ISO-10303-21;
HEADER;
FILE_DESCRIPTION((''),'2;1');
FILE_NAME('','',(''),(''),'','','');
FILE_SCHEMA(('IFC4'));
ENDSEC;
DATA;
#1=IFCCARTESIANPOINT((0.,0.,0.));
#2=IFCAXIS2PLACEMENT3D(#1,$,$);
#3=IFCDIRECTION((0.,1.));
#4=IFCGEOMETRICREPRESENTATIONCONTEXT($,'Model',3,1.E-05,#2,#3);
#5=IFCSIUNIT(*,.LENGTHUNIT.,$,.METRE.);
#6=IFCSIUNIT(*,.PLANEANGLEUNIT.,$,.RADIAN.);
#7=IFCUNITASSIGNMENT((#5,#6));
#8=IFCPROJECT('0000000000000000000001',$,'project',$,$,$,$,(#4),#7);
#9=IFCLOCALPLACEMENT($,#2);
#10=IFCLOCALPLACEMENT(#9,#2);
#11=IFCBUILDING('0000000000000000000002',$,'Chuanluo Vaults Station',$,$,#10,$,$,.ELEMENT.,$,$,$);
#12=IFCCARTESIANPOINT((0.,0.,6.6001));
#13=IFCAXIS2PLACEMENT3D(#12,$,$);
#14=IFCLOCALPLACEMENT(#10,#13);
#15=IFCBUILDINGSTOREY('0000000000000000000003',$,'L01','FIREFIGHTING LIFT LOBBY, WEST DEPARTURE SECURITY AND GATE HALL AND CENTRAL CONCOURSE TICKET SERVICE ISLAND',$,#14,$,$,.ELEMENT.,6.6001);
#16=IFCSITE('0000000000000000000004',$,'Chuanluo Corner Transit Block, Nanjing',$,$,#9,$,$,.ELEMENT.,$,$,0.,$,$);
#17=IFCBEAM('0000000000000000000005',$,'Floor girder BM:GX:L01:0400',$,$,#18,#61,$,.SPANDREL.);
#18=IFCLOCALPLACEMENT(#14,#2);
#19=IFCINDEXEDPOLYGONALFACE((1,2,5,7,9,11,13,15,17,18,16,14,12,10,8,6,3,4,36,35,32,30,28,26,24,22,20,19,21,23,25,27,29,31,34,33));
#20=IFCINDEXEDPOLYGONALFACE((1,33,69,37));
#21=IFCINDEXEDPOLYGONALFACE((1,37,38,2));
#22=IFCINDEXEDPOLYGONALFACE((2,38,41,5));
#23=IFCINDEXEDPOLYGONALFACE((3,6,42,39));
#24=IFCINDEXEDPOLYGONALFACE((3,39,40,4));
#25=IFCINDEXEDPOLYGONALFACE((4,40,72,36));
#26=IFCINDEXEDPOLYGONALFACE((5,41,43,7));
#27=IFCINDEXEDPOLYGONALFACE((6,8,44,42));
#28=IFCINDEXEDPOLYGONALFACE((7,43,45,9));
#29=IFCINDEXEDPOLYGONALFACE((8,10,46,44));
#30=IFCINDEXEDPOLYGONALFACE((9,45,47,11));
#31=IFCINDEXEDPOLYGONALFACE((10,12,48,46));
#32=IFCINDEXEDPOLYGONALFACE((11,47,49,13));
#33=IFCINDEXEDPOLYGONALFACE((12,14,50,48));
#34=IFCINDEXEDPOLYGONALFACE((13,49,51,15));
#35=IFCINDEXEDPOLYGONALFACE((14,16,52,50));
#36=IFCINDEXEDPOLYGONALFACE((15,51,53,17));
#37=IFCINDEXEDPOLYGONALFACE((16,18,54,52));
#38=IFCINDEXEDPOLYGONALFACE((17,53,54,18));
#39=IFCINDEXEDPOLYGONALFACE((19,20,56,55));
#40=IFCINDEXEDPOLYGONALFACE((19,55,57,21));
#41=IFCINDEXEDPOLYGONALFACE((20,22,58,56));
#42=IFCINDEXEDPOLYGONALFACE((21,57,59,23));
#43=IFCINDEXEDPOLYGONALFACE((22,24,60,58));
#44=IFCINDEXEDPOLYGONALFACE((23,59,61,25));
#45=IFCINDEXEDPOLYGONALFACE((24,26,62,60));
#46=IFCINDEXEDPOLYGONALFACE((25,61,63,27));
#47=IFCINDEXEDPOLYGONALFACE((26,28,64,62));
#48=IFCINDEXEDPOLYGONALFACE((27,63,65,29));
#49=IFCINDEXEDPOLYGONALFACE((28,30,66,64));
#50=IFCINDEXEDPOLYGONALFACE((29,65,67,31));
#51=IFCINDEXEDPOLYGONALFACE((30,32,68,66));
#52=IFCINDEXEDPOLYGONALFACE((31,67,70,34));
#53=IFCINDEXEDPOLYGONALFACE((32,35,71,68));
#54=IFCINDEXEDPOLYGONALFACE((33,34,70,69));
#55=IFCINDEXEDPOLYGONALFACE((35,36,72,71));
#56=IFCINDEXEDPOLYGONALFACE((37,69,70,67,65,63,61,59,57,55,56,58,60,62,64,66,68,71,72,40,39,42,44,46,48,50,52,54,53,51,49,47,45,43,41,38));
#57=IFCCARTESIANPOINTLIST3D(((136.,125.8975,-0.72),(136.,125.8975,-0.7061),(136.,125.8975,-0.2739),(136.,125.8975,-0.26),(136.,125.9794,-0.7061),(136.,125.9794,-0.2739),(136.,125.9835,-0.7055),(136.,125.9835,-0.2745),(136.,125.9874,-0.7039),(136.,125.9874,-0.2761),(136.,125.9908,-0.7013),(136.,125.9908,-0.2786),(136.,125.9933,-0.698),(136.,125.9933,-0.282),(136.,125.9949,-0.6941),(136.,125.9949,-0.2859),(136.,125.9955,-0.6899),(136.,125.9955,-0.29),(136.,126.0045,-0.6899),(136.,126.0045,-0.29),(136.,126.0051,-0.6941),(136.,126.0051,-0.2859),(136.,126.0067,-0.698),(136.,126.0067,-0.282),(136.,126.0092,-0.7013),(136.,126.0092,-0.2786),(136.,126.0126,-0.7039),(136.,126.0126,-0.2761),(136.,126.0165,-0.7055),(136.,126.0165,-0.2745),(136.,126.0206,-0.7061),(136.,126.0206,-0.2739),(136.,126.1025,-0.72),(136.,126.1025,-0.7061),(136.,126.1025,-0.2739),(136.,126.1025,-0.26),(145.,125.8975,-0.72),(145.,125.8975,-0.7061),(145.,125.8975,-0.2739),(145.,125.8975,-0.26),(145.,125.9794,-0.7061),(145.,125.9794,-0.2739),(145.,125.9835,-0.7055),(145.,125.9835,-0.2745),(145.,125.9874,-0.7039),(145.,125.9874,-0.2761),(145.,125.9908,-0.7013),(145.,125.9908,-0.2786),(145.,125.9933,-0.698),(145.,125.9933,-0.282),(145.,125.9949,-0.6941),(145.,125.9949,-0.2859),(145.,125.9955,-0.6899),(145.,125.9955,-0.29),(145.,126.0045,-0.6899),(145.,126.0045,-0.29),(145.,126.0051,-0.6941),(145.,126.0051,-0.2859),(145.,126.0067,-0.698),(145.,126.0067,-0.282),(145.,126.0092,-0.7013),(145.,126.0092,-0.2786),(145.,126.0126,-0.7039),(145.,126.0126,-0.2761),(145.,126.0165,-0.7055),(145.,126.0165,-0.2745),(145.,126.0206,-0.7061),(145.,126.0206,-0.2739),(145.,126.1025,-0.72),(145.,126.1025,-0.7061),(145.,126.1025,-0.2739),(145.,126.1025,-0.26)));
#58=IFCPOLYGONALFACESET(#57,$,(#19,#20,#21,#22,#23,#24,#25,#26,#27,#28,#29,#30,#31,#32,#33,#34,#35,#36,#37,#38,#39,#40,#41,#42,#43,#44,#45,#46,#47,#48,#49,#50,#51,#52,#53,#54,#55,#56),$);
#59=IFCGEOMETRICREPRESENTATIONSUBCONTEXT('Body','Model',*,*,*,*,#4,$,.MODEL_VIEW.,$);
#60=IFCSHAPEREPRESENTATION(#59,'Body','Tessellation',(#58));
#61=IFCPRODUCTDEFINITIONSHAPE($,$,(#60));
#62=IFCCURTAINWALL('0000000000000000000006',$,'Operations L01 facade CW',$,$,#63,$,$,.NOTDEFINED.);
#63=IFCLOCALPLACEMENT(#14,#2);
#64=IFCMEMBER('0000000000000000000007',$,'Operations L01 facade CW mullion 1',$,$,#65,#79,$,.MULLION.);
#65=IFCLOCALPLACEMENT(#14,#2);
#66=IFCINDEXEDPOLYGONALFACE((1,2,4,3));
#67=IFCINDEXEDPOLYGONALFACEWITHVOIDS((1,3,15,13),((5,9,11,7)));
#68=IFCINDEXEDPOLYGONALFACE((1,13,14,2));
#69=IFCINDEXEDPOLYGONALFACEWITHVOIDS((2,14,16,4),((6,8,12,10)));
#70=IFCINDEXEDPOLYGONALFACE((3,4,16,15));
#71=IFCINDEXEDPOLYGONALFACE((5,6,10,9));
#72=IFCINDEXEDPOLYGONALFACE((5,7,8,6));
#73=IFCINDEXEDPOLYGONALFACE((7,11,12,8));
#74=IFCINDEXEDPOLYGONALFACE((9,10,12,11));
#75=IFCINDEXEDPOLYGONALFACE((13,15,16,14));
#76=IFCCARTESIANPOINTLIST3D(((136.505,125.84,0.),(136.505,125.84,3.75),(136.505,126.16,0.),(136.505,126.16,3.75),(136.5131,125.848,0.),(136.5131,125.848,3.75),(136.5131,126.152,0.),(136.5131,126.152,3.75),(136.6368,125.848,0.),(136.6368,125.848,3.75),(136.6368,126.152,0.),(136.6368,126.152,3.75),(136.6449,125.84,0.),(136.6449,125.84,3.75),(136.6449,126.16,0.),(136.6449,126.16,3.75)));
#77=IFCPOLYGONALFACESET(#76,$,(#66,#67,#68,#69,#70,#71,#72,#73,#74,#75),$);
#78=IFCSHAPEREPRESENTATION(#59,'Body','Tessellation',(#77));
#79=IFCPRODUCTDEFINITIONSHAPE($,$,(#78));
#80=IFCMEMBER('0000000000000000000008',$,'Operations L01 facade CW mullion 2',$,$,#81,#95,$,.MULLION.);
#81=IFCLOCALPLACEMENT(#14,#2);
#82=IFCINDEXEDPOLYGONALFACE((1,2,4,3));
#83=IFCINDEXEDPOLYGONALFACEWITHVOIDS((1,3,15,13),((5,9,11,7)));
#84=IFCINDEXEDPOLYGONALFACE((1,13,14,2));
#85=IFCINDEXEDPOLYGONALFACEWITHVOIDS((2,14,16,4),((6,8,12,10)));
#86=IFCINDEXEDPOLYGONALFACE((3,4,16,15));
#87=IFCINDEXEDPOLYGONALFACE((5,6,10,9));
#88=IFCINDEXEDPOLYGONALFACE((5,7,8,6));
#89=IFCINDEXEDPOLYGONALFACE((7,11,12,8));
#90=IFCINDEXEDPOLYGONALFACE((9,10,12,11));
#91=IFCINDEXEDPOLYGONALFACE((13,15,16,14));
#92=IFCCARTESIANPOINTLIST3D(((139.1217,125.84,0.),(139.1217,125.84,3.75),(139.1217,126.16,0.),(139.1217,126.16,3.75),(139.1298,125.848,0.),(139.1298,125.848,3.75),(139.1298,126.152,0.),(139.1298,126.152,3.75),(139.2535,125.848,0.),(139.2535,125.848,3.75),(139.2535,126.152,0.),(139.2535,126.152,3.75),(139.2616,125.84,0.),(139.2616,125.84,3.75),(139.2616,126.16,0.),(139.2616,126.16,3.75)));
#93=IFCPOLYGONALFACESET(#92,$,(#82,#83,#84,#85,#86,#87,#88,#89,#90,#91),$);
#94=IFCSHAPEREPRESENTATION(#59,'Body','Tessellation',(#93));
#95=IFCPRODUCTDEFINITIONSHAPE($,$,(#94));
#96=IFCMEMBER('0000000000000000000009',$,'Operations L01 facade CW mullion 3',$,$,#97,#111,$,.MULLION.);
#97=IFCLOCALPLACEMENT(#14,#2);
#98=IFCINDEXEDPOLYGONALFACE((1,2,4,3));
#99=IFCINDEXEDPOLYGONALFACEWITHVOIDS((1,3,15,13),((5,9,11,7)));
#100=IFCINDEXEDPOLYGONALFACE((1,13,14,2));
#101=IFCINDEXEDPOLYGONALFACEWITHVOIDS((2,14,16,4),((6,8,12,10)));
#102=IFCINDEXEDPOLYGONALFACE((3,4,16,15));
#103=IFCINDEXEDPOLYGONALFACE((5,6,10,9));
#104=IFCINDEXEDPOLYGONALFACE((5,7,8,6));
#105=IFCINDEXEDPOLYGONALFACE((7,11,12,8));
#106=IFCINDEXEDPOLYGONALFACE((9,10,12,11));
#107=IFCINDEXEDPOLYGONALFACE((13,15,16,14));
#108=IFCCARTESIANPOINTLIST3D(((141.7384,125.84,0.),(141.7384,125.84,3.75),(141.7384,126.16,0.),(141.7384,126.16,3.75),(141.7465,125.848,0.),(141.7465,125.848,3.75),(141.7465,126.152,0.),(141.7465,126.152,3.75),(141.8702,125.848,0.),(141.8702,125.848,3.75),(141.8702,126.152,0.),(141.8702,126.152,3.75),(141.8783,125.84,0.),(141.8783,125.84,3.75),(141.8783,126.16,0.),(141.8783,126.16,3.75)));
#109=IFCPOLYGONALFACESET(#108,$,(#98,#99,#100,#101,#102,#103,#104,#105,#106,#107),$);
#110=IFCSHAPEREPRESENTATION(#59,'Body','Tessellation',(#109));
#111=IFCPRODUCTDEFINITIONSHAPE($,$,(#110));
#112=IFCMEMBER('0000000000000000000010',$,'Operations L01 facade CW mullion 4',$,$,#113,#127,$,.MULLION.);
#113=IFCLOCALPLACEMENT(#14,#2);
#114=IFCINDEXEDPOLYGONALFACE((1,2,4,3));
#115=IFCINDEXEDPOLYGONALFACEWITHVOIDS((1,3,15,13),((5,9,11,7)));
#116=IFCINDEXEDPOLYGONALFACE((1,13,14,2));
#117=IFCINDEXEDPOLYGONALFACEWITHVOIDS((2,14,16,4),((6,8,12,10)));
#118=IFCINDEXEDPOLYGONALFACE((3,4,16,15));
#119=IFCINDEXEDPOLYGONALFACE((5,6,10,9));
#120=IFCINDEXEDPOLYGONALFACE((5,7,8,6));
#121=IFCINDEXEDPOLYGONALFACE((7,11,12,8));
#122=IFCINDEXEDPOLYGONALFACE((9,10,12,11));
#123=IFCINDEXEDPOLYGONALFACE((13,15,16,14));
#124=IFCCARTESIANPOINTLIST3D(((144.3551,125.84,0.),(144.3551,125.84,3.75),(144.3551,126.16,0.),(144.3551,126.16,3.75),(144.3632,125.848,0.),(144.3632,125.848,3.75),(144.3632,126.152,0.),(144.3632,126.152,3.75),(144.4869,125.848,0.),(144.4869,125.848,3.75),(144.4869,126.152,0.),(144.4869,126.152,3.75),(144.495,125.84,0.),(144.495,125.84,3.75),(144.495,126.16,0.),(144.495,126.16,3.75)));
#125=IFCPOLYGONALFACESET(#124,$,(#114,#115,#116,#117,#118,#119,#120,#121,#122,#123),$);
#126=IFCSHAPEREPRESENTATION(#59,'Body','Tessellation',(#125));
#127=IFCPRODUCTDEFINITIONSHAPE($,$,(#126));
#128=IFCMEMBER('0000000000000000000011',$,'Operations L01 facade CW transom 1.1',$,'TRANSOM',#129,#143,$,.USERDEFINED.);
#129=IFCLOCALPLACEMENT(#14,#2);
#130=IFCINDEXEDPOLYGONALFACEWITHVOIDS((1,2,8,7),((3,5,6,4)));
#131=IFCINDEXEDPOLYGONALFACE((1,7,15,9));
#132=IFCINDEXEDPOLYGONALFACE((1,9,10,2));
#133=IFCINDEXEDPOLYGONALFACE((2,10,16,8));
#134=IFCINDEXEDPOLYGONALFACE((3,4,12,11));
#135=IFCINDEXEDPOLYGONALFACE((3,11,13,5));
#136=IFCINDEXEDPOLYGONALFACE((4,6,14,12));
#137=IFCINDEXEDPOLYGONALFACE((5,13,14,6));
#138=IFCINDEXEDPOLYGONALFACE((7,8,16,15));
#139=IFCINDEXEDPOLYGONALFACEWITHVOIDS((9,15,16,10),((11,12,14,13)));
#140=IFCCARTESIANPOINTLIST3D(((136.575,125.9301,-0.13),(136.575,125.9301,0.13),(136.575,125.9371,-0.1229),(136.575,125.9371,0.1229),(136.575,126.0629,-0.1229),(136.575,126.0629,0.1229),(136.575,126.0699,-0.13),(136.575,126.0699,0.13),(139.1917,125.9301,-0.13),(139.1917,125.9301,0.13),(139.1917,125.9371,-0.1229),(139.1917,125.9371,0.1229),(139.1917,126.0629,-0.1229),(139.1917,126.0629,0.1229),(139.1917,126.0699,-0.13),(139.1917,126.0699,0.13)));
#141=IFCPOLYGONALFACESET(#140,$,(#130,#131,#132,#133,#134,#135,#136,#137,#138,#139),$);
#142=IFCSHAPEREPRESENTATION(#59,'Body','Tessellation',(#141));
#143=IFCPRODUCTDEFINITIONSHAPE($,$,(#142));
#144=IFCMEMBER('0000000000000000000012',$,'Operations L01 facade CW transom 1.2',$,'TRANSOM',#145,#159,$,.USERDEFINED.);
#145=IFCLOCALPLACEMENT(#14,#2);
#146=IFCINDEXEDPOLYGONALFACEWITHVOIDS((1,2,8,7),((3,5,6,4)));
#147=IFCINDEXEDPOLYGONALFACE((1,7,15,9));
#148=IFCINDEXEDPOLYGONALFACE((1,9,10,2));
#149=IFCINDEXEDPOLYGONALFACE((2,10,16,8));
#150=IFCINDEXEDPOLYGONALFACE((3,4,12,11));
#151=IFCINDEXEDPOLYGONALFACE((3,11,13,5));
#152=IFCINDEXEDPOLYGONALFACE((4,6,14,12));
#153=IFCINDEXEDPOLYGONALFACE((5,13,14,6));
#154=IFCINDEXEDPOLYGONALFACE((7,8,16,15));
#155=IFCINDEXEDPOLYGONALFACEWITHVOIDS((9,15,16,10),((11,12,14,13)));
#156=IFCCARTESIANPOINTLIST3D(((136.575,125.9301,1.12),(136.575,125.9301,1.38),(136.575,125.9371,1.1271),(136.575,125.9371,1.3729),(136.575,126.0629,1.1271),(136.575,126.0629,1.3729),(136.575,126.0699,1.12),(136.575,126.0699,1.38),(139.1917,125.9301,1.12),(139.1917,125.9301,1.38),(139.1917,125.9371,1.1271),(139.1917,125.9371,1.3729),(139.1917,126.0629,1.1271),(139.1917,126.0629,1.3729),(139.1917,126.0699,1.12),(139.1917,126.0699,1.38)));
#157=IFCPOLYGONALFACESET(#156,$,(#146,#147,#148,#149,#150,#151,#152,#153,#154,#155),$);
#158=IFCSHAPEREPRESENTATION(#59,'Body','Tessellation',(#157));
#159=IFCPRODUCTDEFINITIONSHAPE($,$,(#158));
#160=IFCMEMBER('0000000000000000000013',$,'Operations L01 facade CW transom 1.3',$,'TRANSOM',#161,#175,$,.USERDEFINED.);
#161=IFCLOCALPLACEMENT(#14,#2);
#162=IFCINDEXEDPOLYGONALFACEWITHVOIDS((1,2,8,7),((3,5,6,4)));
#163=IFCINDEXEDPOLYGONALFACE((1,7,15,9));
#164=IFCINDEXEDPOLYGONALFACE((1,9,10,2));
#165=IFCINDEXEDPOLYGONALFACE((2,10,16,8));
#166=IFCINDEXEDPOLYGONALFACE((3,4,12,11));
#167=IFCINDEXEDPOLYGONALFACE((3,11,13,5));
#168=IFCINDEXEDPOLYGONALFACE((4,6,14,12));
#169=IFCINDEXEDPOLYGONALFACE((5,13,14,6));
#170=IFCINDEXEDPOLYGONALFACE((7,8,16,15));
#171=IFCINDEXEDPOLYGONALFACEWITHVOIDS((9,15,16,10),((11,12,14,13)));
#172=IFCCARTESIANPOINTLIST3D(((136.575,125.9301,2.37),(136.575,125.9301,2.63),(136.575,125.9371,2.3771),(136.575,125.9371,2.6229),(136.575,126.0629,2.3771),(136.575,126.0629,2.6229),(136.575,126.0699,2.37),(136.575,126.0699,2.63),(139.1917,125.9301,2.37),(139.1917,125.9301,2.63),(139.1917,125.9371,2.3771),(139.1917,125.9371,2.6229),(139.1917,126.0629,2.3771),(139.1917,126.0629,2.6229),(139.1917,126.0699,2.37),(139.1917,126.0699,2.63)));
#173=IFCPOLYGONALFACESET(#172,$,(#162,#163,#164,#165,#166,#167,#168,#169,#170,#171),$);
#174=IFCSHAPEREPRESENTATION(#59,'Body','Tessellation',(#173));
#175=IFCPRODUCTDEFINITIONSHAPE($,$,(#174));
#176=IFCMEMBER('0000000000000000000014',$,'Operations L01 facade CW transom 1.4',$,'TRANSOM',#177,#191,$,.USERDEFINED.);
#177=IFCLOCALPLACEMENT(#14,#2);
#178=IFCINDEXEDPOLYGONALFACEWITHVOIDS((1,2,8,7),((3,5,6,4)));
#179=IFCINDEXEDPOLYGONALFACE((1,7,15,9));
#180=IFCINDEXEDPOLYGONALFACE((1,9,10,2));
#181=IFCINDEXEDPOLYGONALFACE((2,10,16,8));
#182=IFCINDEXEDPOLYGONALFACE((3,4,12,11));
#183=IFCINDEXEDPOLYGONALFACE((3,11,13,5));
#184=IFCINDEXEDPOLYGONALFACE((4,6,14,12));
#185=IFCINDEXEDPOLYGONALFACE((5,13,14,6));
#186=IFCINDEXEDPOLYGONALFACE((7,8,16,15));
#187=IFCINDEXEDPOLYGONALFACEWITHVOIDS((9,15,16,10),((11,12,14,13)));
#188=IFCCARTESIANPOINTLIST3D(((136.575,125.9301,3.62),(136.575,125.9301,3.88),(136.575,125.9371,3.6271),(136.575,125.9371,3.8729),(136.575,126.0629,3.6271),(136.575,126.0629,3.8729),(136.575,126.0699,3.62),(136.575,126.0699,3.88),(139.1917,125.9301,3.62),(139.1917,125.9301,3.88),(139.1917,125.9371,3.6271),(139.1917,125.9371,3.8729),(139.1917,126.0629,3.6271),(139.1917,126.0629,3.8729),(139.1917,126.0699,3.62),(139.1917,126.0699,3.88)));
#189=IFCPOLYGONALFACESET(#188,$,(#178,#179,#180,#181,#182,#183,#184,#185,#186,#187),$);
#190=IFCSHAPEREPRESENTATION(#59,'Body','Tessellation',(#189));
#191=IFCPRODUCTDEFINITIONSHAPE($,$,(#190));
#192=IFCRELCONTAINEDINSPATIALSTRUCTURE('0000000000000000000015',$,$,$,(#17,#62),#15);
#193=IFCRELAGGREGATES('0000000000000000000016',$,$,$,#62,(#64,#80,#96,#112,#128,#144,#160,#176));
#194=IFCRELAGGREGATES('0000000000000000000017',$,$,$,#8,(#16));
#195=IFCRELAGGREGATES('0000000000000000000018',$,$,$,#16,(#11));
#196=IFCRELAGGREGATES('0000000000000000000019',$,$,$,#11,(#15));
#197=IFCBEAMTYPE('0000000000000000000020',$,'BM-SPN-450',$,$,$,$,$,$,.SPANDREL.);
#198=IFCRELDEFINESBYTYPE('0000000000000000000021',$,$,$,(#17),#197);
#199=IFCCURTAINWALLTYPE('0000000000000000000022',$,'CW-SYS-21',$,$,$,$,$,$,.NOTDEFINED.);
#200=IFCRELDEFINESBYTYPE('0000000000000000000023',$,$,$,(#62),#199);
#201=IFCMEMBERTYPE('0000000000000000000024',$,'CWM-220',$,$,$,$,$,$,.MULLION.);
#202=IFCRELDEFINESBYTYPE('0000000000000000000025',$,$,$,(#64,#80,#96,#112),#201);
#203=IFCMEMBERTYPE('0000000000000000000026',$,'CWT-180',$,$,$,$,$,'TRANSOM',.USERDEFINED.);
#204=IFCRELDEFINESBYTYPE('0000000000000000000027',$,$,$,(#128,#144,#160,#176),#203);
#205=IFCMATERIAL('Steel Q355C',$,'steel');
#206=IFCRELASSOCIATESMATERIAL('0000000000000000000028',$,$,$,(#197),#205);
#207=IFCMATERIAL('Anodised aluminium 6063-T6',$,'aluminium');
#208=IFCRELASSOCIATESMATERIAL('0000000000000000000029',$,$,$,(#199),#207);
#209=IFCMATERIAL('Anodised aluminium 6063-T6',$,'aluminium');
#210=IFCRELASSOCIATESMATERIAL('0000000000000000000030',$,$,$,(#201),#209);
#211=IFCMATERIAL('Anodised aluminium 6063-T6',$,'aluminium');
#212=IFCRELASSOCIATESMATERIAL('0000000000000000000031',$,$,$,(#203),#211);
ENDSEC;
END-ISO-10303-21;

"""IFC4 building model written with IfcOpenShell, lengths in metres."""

from ifc_helpers import new_model, si_unit, direction, frame, origin, origin_2d, place, context, subcontext, project, spatial, hollow_rectangle, i_section, extrude, material, material_profile, profile_set, type_object, element, aggregate, save


model = new_model("IFC4")

# Units and contexts
model_context = context("Model", 3, precision=1e-05, world=origin(), true_north=direction((0.0, 1.0)))
body_context = subcontext(model_context, "Body", "Model", "MODEL_VIEW")
ifc_project = project(units=[si_unit("LENGTHUNIT", "METRE"), si_unit("PLANEANGLEUNIT", "RADIAN")], contexts=[model_context])

# Site, building, storey
site_placement = place(None, origin())
site = spatial("IfcSite", under=ifc_project, at=site_placement, Name="Chuanluo Corner Transit Block, Nanjing", CompositionType="ELEMENT", RefElevation=0.0)
building_placement = place(site_placement, origin())
building = spatial("IfcBuilding", under=site, at=building_placement, Name="Chuanluo Vaults Station", CompositionType="ELEMENT")
storey_placement = place(building_placement, frame((0.0, 0.0, 6.6001)))
storey = spatial("IfcBuildingStorey", under=building, at=storey_placement, Name="L01", Description="FIREFIGHTING LIFT LOBBY, WEST DEPARTURE SECURITY AND GATE HALL AND CENTRAL CONCOURSE TICKET SERVICE ISLAND", CompositionType="ELEMENT", Elevation=6.6001)

# Beam
ifc_material_1 = material(Name="Steel Q355C", Category="steel")
ifc_material_profile_1 = material_profile(ifc_material_1, i_section(OverallWidth=0.2051, OverallDepth=0.46, WebThickness=0.009, FlangeThickness=0.0139, FilletRadius=0.0161, at=origin_2d()))
ifc_profile_set_1 = profile_set([ifc_material_profile_1], Name="Steel Q355C")
beam_type = type_object("IfcBeamType", Name="BM-SPN-450", PredefinedType="SPANDREL", material=ifc_profile_set_1)
beam_placement = place(storey_placement, frame((136.0, 126.0, -0.49), z_axis=(1.0, 0.0, 0.0), x_axis=(0.0, 1.0, 0.0)))
element("IfcBeam", 1, at=beam_placement, inside=storey, type_object=beam_type, Name="Floor girder BM:GX:L01:0400", PredefinedType="SPANDREL", context=body_context, shape_type="SweptSolid", body=[
    extrude(i_section(OverallWidth=0.2051, OverallDepth=0.46, WebThickness=0.009, FlangeThickness=0.0139, FilletRadius=0.0161, at=origin_2d()), origin(), (0.0, 0.0, 1.0), 9.0),
])

# Curtain wall, members
ifc_material_2 = material(Name="Anodised aluminium 6063-T6", Category="aluminium")
curtain_wall_type = type_object("IfcCurtainWallType", Name="CW-SYS-21", PredefinedType="NOTDEFINED", material=ifc_material_2)
curtain_wall_placement = place(storey_placement, origin())
curtain_wall = element("IfcCurtainWall", 2, at=curtain_wall_placement, inside=storey, type_object=curtain_wall_type, Name="Operations L01 facade CW", PredefinedType="NOTDEFINED")
ifc_material_3 = material(Name="Anodised aluminium 6063-T6", Category="aluminium")
ifc_material_profile_2 = material_profile(ifc_material_3, hollow_rectangle(XDim=0.1399, YDim=0.3201, WallThickness=0.0081, at=origin_2d()))
ifc_profile_set_2 = profile_set([ifc_material_profile_2], Name="Anodised aluminium 6063-T6")
member_type_1 = type_object("IfcMemberType", Name="CWM-220", PredefinedType="MULLION", material=ifc_profile_set_2)
member_1_placement = place(storey_placement, frame((136.575, 126.0, 0.0), z_axis=(0.0, 0.0, 1.0), x_axis=(1.0, 0.0, 0.0)))
member_1 = element("IfcMember", 3, at=member_1_placement, type_object=member_type_1, Name="Operations L01 facade CW mullion 1", PredefinedType="MULLION", context=body_context, shape_type="SweptSolid", body=[
    extrude(hollow_rectangle(XDim=0.1399, YDim=0.3201, WallThickness=0.0081, at=origin_2d()), origin(), (0.0, 0.0, 1.0), 3.75),
])
member_2_placement = place(storey_placement, frame((139.1917, 126.0, 0.0), z_axis=(0.0, 0.0, 1.0), x_axis=(1.0, 0.0, 0.0)))
member_2 = element("IfcMember", 4, at=member_2_placement, type_object=member_type_1, Name="Operations L01 facade CW mullion 2", PredefinedType="MULLION", context=body_context, shape_type="SweptSolid", body=[
    extrude(hollow_rectangle(XDim=0.1399, YDim=0.3201, WallThickness=0.0081, at=origin_2d()), origin(), (0.0, 0.0, 1.0), 3.75),
])
member_3_placement = place(storey_placement, frame((141.8083, 126.0, 0.0), z_axis=(0.0, 0.0, 1.0), x_axis=(1.0, 0.0, 0.0)))
member_3 = element("IfcMember", 5, at=member_3_placement, type_object=member_type_1, Name="Operations L01 facade CW mullion 3", PredefinedType="MULLION", context=body_context, shape_type="SweptSolid", body=[
    extrude(hollow_rectangle(XDim=0.1399, YDim=0.3201, WallThickness=0.0081, at=origin_2d()), origin(), (0.0, 0.0, 1.0), 3.75),
])
member_4_placement = place(storey_placement, frame((144.425, 126.0, 0.0), z_axis=(0.0, 0.0, 1.0), x_axis=(1.0, 0.0, 0.0)))
member_4 = element("IfcMember", 6, at=member_4_placement, type_object=member_type_1, Name="Operations L01 facade CW mullion 4", PredefinedType="MULLION", context=body_context, shape_type="SweptSolid", body=[
    extrude(hollow_rectangle(XDim=0.1399, YDim=0.3201, WallThickness=0.0081, at=origin_2d()), origin(), (0.0, 0.0, 1.0), 3.75),
])
ifc_material_4 = material(Name="Anodised aluminium 6063-T6", Category="aluminium")
ifc_material_profile_3 = material_profile(ifc_material_4, hollow_rectangle(XDim=0.1399, YDim=0.26, WallThickness=0.0071, at=origin_2d()))
ifc_profile_set_3 = profile_set([ifc_material_profile_3], Name="Anodised aluminium 6063-T6")
member_type_2 = type_object("IfcMemberType", Name="CWT-180", ElementType="TRANSOM", PredefinedType="USERDEFINED", material=ifc_profile_set_3)
member_5_placement = place(storey_placement, frame((136.575, 126.0, 0.0), z_axis=(1.0, 0.0, 0.0), x_axis=(0.0, 1.0, 0.0)))
member_5 = element("IfcMember", 7, at=member_5_placement, type_object=member_type_2, Name="Operations L01 facade CW transom 1.1", ObjectType="TRANSOM", PredefinedType="USERDEFINED", context=body_context, shape_type="SweptSolid", body=[
    extrude(hollow_rectangle(XDim=0.1399, YDim=0.26, WallThickness=0.0071, at=origin_2d()), origin(), (0.0, 0.0, 1.0), 2.6167),
])
member_6_placement = place(storey_placement, frame((136.575, 126.0, 1.25), z_axis=(1.0, 0.0, 0.0), x_axis=(0.0, 1.0, 0.0)))
member_6 = element("IfcMember", 8, at=member_6_placement, type_object=member_type_2, Name="Operations L01 facade CW transom 1.2", ObjectType="TRANSOM", PredefinedType="USERDEFINED", context=body_context, shape_type="SweptSolid", body=[
    extrude(hollow_rectangle(XDim=0.1399, YDim=0.26, WallThickness=0.0071, at=origin_2d()), origin(), (0.0, 0.0, 1.0), 2.6167),
])
member_7_placement = place(storey_placement, frame((136.575, 126.0, 2.5), z_axis=(1.0, 0.0, 0.0), x_axis=(0.0, 1.0, 0.0)))
member_7 = element("IfcMember", 9, at=member_7_placement, type_object=member_type_2, Name="Operations L01 facade CW transom 1.3", ObjectType="TRANSOM", PredefinedType="USERDEFINED", context=body_context, shape_type="SweptSolid", body=[
    extrude(hollow_rectangle(XDim=0.1399, YDim=0.26, WallThickness=0.0071, at=origin_2d()), origin(), (0.0, 0.0, 1.0), 2.6167),
])
member_8_placement = place(storey_placement, frame((136.575, 126.0, 3.75), z_axis=(1.0, 0.0, 0.0), x_axis=(0.0, 1.0, 0.0)))
member_8 = element("IfcMember", 10, at=member_8_placement, type_object=member_type_2, Name="Operations L01 facade CW transom 1.4", ObjectType="TRANSOM", PredefinedType="USERDEFINED", context=body_context, shape_type="SweptSolid", body=[
    extrude(hollow_rectangle(XDim=0.1399, YDim=0.26, WallThickness=0.0071, at=origin_2d()), origin(), (0.0, 0.0, 1.0), 2.6167),
])
aggregate(curtain_wall, [member_1, member_2, member_3, member_4, member_5, member_6, member_7, member_8])

save(model, "model.ifc")
